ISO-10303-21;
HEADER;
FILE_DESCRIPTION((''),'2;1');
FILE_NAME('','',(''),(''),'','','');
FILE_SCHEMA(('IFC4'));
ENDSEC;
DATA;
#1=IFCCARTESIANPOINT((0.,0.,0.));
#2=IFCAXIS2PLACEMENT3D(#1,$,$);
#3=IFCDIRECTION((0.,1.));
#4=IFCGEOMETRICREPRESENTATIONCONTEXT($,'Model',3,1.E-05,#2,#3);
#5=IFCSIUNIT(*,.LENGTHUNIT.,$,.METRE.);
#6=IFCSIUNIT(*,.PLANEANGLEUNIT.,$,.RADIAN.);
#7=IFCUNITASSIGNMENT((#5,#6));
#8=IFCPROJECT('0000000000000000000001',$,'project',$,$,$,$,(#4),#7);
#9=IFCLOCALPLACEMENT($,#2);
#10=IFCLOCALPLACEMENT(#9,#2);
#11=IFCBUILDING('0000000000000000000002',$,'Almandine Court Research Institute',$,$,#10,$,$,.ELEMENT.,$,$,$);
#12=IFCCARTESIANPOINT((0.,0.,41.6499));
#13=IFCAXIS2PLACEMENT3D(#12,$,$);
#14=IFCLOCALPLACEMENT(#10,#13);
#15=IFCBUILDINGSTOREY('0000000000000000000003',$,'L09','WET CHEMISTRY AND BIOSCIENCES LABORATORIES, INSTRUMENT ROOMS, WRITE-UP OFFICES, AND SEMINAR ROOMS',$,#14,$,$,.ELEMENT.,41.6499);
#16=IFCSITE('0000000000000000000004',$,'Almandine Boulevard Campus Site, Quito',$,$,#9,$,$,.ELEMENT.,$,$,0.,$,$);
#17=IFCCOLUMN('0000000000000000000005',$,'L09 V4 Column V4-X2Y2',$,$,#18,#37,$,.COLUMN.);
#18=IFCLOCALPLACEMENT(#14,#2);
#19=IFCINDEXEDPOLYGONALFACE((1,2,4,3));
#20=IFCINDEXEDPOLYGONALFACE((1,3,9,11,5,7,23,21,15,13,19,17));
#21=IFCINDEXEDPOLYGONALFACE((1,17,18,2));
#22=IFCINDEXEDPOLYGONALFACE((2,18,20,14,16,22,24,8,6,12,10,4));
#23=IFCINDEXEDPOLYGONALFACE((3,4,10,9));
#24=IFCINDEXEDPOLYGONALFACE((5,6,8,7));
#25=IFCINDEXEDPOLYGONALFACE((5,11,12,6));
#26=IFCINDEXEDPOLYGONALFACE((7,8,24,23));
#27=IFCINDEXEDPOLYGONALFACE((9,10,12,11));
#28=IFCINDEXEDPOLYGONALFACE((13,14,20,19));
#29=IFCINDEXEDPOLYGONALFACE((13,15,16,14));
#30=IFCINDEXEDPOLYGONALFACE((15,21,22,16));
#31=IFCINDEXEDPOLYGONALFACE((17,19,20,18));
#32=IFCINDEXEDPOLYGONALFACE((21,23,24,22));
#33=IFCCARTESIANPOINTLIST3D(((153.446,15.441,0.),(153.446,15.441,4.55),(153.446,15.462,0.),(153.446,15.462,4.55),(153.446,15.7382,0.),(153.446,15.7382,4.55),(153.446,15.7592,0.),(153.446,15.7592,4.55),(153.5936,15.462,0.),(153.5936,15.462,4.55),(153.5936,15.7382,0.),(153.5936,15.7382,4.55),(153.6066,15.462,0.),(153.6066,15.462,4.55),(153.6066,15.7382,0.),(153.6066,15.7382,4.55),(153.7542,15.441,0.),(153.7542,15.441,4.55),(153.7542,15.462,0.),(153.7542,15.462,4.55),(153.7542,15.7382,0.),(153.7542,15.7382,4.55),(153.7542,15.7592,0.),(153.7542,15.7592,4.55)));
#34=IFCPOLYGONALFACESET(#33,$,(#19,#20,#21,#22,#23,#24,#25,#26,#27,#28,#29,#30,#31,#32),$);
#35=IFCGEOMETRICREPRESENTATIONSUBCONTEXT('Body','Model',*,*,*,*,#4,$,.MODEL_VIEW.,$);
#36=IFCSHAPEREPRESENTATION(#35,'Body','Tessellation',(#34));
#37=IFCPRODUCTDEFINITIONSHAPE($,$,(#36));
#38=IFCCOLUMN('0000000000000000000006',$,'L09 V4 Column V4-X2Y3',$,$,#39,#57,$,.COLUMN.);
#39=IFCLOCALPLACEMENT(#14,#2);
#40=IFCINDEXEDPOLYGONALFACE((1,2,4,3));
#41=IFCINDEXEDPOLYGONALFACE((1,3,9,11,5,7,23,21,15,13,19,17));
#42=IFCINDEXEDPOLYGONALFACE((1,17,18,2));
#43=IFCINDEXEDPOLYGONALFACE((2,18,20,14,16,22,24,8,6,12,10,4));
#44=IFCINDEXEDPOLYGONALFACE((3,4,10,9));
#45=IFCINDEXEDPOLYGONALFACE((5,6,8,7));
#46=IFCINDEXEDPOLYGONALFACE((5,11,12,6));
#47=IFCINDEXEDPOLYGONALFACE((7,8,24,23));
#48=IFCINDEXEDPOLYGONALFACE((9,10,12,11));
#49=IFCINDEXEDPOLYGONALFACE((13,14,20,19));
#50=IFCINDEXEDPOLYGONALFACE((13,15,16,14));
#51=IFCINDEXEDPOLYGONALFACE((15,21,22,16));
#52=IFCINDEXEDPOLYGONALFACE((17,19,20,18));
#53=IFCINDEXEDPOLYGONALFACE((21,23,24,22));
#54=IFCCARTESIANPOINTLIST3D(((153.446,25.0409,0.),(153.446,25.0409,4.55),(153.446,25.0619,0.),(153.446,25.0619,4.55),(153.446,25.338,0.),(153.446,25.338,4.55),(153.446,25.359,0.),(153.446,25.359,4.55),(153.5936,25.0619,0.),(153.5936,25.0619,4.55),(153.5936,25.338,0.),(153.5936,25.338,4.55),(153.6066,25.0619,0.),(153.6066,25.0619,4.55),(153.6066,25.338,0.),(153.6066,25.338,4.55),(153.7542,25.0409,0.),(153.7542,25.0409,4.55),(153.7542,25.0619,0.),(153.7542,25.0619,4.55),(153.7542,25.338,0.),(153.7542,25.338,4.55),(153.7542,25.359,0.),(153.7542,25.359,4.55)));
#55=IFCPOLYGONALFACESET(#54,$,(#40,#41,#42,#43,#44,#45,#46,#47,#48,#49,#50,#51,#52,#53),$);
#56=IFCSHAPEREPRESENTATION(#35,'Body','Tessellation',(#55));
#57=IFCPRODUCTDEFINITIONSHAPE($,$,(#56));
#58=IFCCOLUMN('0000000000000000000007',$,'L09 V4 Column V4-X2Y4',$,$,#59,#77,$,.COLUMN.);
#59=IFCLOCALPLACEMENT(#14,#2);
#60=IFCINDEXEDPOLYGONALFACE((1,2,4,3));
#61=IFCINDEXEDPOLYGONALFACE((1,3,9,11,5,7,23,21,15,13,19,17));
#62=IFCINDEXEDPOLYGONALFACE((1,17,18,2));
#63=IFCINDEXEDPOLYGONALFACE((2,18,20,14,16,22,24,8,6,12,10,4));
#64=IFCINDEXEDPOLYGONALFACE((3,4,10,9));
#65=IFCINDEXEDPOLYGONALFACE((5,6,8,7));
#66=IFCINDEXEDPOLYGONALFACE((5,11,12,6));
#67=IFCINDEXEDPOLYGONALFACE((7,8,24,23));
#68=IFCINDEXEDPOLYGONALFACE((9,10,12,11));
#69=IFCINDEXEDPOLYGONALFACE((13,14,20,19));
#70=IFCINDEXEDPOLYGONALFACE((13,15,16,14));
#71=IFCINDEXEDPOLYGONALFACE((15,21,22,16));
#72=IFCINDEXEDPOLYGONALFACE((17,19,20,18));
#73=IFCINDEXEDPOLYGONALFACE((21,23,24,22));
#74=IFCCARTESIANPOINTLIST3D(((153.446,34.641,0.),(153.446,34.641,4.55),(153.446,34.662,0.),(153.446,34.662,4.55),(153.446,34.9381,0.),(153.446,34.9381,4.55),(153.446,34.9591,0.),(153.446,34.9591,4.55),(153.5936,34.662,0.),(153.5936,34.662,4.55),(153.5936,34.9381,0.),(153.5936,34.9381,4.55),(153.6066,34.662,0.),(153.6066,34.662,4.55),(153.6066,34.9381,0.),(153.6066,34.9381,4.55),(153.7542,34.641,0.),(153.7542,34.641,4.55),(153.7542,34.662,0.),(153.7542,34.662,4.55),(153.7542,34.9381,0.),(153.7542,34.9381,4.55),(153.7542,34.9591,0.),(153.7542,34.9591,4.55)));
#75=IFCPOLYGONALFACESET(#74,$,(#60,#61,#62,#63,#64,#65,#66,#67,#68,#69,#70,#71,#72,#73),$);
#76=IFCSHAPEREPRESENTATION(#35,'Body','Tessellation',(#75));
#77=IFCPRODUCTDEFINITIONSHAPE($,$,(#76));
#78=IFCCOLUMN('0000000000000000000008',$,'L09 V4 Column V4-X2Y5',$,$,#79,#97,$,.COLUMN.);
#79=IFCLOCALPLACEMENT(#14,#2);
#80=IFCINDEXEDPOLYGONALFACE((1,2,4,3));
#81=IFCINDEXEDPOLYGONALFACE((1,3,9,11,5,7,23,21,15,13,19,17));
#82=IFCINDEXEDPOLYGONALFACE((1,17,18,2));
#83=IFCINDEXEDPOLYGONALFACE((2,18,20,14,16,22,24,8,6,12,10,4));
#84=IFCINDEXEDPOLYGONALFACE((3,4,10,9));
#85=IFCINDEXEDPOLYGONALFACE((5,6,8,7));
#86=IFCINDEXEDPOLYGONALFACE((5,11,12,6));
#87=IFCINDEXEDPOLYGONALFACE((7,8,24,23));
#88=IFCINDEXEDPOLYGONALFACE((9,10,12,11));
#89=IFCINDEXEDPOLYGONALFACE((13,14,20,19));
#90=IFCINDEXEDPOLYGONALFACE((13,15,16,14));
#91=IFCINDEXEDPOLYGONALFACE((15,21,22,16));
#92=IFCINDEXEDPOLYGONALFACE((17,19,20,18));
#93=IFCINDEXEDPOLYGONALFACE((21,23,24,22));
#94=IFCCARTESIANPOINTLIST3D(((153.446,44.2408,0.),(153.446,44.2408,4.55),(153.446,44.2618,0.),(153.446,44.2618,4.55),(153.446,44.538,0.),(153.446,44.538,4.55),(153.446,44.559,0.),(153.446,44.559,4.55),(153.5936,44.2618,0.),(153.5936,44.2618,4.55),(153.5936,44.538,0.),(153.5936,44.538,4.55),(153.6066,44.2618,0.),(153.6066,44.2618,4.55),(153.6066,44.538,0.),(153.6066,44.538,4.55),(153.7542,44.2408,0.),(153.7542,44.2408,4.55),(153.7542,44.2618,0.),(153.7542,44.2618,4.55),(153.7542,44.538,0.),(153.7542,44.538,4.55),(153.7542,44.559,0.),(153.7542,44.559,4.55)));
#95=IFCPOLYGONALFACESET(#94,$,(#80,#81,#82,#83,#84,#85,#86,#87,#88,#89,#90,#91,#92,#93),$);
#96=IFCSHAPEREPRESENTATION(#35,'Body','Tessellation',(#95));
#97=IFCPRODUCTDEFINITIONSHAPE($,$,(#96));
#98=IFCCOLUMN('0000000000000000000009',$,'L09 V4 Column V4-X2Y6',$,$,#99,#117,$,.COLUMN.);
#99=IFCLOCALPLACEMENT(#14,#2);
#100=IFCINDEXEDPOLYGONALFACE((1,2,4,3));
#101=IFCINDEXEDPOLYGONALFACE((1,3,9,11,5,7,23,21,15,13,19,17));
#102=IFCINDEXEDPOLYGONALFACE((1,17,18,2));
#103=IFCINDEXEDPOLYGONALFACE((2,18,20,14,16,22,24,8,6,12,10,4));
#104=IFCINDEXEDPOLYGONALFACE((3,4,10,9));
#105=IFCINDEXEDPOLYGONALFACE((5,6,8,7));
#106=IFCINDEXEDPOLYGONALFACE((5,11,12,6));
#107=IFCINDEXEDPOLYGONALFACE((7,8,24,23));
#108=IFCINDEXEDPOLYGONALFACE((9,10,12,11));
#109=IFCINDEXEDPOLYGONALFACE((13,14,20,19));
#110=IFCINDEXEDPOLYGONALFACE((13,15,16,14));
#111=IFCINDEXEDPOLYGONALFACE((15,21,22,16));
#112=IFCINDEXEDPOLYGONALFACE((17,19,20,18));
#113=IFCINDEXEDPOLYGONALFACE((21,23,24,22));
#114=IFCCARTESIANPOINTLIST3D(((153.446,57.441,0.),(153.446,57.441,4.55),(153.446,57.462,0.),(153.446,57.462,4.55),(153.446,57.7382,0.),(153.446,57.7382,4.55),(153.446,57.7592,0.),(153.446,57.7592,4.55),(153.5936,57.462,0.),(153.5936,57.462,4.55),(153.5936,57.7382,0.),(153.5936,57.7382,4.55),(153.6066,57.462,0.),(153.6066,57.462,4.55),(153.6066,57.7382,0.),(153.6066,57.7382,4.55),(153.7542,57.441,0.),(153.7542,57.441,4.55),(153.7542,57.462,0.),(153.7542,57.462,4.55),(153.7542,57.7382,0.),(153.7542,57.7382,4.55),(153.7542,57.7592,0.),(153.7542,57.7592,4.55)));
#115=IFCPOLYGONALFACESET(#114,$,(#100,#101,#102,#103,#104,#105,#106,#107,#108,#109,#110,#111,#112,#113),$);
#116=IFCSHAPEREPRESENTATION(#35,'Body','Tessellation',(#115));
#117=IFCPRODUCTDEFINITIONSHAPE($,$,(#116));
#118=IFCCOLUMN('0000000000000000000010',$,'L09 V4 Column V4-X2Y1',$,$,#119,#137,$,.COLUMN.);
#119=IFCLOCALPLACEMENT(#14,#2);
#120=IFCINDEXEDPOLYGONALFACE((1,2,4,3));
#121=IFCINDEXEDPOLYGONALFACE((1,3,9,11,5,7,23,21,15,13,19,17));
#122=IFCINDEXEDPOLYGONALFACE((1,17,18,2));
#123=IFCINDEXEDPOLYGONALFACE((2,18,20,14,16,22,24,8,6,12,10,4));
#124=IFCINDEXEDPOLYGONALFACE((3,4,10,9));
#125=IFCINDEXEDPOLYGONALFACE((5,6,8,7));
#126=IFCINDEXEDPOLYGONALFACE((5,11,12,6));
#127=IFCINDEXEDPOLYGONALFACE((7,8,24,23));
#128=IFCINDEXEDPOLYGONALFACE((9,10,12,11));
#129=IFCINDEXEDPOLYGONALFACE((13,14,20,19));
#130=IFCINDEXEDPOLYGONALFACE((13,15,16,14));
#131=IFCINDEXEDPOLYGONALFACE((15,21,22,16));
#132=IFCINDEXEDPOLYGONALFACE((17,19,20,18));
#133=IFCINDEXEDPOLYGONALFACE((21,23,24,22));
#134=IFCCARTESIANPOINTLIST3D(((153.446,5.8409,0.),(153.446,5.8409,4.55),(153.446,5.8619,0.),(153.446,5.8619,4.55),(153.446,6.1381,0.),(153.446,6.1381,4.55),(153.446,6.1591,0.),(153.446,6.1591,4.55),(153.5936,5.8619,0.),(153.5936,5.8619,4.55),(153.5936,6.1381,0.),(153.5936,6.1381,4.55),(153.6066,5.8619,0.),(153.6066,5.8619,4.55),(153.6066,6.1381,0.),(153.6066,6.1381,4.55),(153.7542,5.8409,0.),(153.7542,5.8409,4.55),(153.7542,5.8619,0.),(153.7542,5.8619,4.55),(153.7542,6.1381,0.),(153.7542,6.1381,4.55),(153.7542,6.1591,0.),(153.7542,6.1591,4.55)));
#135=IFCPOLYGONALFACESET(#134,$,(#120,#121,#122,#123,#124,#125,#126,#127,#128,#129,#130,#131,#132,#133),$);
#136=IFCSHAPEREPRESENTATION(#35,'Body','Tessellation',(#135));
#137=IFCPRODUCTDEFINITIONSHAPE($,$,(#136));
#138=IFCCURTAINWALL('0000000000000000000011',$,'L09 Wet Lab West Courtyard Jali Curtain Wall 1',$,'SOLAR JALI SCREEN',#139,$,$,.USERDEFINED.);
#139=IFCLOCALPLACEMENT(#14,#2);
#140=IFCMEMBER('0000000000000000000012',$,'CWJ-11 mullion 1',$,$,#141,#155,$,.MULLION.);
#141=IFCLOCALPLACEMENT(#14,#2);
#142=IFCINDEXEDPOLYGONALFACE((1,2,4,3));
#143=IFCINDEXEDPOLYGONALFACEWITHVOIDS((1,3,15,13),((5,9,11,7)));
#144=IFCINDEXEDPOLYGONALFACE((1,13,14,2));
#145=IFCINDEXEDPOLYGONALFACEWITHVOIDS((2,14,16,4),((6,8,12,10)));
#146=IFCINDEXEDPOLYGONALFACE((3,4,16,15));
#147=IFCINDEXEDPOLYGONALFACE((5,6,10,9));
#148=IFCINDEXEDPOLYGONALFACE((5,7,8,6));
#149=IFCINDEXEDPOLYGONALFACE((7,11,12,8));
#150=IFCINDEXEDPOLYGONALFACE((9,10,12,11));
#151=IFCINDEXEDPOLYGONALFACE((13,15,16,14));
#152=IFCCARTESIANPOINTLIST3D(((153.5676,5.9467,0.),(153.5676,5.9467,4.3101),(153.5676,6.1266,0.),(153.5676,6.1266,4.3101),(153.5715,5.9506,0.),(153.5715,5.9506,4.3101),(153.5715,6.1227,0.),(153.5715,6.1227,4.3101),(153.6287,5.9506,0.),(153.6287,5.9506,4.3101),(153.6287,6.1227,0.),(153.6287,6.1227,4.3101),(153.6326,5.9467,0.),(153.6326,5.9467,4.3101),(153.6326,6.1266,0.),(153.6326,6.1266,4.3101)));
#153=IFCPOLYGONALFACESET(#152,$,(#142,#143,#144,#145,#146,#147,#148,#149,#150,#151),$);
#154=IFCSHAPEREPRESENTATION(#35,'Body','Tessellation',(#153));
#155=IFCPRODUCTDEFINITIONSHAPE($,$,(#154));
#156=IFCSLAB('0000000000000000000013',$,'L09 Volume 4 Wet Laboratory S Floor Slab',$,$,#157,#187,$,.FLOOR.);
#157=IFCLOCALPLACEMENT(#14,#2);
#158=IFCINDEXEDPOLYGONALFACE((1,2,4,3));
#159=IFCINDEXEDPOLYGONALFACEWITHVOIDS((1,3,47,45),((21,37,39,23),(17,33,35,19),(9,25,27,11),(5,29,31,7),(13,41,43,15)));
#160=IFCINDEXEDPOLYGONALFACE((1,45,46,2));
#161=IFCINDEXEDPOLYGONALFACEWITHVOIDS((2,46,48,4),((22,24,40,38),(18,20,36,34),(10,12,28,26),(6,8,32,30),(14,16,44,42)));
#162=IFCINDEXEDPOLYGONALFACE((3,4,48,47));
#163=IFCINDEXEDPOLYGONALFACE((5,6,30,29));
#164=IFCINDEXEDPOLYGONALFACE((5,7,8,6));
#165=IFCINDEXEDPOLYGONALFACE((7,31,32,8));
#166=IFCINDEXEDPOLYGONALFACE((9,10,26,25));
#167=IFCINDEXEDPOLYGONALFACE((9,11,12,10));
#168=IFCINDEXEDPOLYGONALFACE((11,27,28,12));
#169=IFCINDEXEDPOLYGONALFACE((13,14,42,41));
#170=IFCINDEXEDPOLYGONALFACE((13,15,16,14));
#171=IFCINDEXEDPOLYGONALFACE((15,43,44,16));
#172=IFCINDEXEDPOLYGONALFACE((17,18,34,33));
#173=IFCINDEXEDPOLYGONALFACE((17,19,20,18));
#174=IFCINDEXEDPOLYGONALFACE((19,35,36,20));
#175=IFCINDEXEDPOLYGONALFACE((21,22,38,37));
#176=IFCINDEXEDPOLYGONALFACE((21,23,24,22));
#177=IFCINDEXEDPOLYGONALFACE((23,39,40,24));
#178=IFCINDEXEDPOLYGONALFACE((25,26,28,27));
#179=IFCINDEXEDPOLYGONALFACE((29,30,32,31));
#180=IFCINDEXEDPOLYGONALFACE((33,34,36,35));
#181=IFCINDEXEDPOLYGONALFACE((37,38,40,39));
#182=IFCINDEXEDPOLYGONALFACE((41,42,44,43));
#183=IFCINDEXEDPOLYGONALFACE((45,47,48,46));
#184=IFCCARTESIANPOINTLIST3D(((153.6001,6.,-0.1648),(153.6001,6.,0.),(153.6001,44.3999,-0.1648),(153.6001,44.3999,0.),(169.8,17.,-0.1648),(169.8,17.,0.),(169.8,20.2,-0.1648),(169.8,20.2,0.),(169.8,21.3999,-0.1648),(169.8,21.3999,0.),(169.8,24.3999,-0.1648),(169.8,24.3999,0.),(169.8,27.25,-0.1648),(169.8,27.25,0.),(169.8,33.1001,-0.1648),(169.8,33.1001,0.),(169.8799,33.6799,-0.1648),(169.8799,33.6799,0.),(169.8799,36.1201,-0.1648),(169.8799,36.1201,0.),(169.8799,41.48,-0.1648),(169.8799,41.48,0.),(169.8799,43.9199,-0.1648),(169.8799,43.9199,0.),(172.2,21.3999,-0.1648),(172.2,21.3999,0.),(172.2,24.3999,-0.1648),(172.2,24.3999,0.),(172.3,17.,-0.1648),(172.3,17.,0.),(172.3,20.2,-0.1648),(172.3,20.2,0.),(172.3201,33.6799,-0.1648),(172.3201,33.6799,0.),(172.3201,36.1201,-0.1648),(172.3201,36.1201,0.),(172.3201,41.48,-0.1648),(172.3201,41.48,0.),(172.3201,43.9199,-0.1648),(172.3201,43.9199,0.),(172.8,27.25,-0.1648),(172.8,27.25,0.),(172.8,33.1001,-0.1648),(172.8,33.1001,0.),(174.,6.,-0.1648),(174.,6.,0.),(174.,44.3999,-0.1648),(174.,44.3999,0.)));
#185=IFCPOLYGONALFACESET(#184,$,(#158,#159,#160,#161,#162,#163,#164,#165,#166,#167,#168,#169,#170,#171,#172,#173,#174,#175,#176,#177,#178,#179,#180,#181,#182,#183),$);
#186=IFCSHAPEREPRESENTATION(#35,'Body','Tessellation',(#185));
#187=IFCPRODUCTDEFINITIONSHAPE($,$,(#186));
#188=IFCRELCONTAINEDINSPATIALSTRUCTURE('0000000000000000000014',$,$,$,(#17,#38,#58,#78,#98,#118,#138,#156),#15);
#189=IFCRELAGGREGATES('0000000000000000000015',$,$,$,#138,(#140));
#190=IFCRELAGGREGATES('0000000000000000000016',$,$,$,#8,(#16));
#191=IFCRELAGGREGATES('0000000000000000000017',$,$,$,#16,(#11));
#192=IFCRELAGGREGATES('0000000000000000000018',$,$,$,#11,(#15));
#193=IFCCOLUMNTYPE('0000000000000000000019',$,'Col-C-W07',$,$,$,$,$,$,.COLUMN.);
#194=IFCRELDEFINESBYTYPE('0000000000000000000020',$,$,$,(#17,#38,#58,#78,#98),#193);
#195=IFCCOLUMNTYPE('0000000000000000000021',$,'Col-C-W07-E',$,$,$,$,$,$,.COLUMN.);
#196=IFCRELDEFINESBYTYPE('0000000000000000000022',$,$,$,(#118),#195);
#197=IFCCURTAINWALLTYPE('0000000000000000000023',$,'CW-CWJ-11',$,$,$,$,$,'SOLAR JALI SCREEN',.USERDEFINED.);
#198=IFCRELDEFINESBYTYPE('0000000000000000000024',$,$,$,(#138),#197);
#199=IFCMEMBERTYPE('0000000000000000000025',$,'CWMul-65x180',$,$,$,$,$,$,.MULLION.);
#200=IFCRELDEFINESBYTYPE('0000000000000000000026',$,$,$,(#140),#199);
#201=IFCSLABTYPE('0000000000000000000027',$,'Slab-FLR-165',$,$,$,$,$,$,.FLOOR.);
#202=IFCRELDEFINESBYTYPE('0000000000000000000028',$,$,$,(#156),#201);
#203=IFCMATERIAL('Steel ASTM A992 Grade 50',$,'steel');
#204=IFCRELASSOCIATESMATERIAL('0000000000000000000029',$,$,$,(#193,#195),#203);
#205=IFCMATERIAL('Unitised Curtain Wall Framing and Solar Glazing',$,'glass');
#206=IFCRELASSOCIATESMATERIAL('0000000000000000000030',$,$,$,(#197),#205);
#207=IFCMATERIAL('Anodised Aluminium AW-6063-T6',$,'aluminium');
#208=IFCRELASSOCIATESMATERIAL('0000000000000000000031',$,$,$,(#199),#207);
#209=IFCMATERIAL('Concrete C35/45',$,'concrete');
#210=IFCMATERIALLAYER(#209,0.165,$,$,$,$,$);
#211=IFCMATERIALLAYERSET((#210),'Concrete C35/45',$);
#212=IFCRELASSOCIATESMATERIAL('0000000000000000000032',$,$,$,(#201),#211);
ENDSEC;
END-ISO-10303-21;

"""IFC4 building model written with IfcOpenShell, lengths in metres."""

from ifc_helpers import new_model, si_unit, direction, frame, origin, origin_2d, place, context, subcontext, project, spatial, polyline, hollow_rectangle, i_section, outline, extrude, material, layer, layer_set, material_profile, profile_set, type_object, element, aggregate, save


model = new_model("IFC4")

# Units and contexts
model_context = context("Model", 3, precision=1e-05, world=origin(), true_north=direction((0.0, 1.0)))
body_context = subcontext(model_context, "Body", "Model", "MODEL_VIEW")
ifc_project = project(units=[si_unit("LENGTHUNIT", "METRE"), si_unit("PLANEANGLEUNIT", "RADIAN")], contexts=[model_context])

# Site, building, storey
site_placement = place(None, origin())
site = spatial("IfcSite", under=ifc_project, at=site_placement, Name="Almandine Boulevard Campus Site, Quito", CompositionType="ELEMENT", RefElevation=0.0)
building_placement = place(site_placement, origin())
building = spatial("IfcBuilding", under=site, at=building_placement, Name="Almandine Court Research Institute", CompositionType="ELEMENT")
storey_placement = place(building_placement, frame((0.0, 0.0, 41.6499)))
storey = spatial("IfcBuildingStorey", under=building, at=storey_placement, Name="L09", Description="WET CHEMISTRY AND BIOSCIENCES LABORATORIES, INSTRUMENT ROOMS, WRITE-UP OFFICES, AND SEMINAR ROOMS", CompositionType="ELEMENT", Elevation=41.6499)

# Columns
ifc_material_1 = material(Name="Steel ASTM A992 Grade 50", Category="steel")
ifc_material_profile_1 = material_profile(ifc_material_1, i_section(OverallWidth=0.3081, OverallDepth=0.3181, WebThickness=0.0129, FlangeThickness=0.021, at=origin_2d()), Name="W310x129")
ifc_profile_set_1 = profile_set([ifc_material_profile_1], Name="Steel ASTM A992 Grade 50")
column_type_1 = type_object("IfcColumnType", Name="Col-C-W07", PredefinedType="COLUMN", material=ifc_profile_set_1)
for number, where, z_axis, x_axis, name in (
    (1, (153.6001, 15.6001, 0.0), (0.0, 0.0, 1.0), (1.0, 0.0, 0.0), "L09 V4 Column V4-X2Y2"),
    (2, (153.6001, 25.2, 0.0), (0.0, 0.0, 1.0), (1.0, 0.0, 0.0), "L09 V4 Column V4-X2Y3"),
    (3, (153.6001, 34.8, 0.0), (0.0, 0.0, 1.0), (1.0, 0.0, 0.0), "L09 V4 Column V4-X2Y4"),
    (4, (153.6001, 44.3999, 0.0), (0.0, 0.0, 1.0), (1.0, 0.0, 0.0), "L09 V4 Column V4-X2Y5"),
    (5, (153.6001, 57.6001, 0.0), (0.0, 0.0, 1.0), (1.0, 0.0, 0.0), "L09 V4 Column V4-X2Y6"),
):
    element("IfcColumn", number, at=place(storey_placement, frame(where, z_axis=z_axis, x_axis=x_axis)), inside=storey, type_object=column_type_1, Name=name, PredefinedType="COLUMN", context=body_context, shape_type="SweptSolid", body=[
        extrude(i_section(OverallWidth=0.3081, OverallDepth=0.3181, WebThickness=0.0129, FlangeThickness=0.021, at=origin_2d()), origin(), (0.0, 0.0, 1.0), 4.55),
    ])
ifc_material_profile_2 = material_profile(ifc_material_1, i_section(OverallWidth=0.3081, OverallDepth=0.3181, WebThickness=0.0129, FlangeThickness=0.021, at=origin_2d()), Name="W310x129")
ifc_profile_set_2 = profile_set([ifc_material_profile_2], Name="Steel ASTM A992 Grade 50")
column_type_2 = type_object("IfcColumnType", Name="Col-C-W07-E", PredefinedType="COLUMN", material=ifc_profile_set_2)
column_placement = place(storey_placement, frame((153.6001, 6.0, 0.0), z_axis=(0.0, 0.0, 1.0), x_axis=(1.0, 0.0, 0.0)))
element("IfcColumn", 6, at=column_placement, inside=storey, type_object=column_type_2, Name="L09 V4 Column V4-X2Y1", PredefinedType="COLUMN", context=body_context, shape_type="SweptSolid", body=[
    extrude(i_section(OverallWidth=0.3081, OverallDepth=0.3181, WebThickness=0.0129, FlangeThickness=0.021, at=origin_2d()), origin(), (0.0, 0.0, 1.0), 4.55),
])

# Curtain wall, member
ifc_material_2 = material(Name="Unitised Curtain Wall Framing and Solar Glazing", Category="glass")
curtain_wall_type = type_object("IfcCurtainWallType", Name="CW-CWJ-11", ElementType="SOLAR JALI SCREEN", PredefinedType="USERDEFINED", material=ifc_material_2)
curtain_wall_placement = place(storey_placement, origin())
curtain_wall = element("IfcCurtainWall", 7, at=curtain_wall_placement, inside=storey, type_object=curtain_wall_type, Name="L09 Wet Lab West Courtyard Jali Curtain Wall 1", ObjectType="SOLAR JALI SCREEN", PredefinedType="USERDEFINED")
ifc_material_3 = material(Name="Anodised Aluminium AW-6063-T6", Category="aluminium")
ifc_material_profile_3 = material_profile(ifc_material_3, hollow_rectangle(XDim=0.0649, YDim=0.1799, WallThickness=0.0039, at=origin_2d()), Name="ALU RHS 65x180x4")
ifc_profile_set_3 = profile_set([ifc_material_profile_3], Name="Anodised Aluminium AW-6063-T6")
member_type = type_object("IfcMemberType", Name="CWMul-65x180", PredefinedType="MULLION", material=ifc_profile_set_3)
member_placement = place(storey_placement, frame((153.6001, 6.0366, 0.0), z_axis=(0.0, 0.0, 1.0), x_axis=(-1.0, 0.0, 0.0)))
member = element("IfcMember", 8, at=member_placement, type_object=member_type, Name="CWJ-11 mullion 1", PredefinedType="MULLION", context=body_context, shape_type="SweptSolid", body=[
    extrude(hollow_rectangle(XDim=0.0649, YDim=0.1799, WallThickness=0.0039, at=origin_2d()), origin(), (0.0, 0.0, 1.0), 4.3101),
])
aggregate(curtain_wall, [member])

# Slab
ifc_material_4 = material(Name="Concrete C35/45", Category="concrete")
ifc_layer_1 = layer(ifc_material_4, 0.165)
ifc_layer_set_1 = layer_set([ifc_layer_1], Name="Concrete C35/45")
slab_type_1 = type_object("IfcSlabType", Name="Slab-FLR-165", PredefinedType="FLOOR", material=ifc_layer_set_1)
slab_1_placement = place(storey_placement, frame((0.0, 0.0, -0.1648)))
element("IfcSlab", 9, at=slab_1_placement, inside=storey, type_object=slab_type_1, Name="L09 Volume 4 Wet Laboratory S Floor Slab", PredefinedType="FLOOR", context=body_context, shape_type="SweptSolid", body=[
    extrude(outline(polyline([(153.6001, 6.0), (174.0, 6.0), (174.0, 44.3999), (153.6001, 44.3999), (153.6001, 6.0)]), holes=[polyline([(172.8, 27.25), (172.8, 33.1001), (169.8, 33.1001), (169.8, 27.25), (172.8, 27.25)]), polyline([(169.8, 21.3999), (172.2, 21.3999), (172.2, 24.3999), (169.8, 24.3999), (169.8, 21.3999)]), polyline([(169.8, 17.0), (172.3, 17.0), (172.3, 20.2), (169.8, 20.2), (169.8, 17.0)]), polyline([(169.8799, 33.6799), (172.3201, 33.6799), (172.3201, 36.1201), (169.8799, 36.1201), (169.8799, 33.6799)]), polyline([(169.8799, 41.48), (172.3201, 41.48), (172.3201, 43.9199), (169.8799, 43.9199), (169.8799, 41.48)])]), origin(), (0.0, 0.0, 1.0), 0.1648),
])

save(model, "model.ifc")
